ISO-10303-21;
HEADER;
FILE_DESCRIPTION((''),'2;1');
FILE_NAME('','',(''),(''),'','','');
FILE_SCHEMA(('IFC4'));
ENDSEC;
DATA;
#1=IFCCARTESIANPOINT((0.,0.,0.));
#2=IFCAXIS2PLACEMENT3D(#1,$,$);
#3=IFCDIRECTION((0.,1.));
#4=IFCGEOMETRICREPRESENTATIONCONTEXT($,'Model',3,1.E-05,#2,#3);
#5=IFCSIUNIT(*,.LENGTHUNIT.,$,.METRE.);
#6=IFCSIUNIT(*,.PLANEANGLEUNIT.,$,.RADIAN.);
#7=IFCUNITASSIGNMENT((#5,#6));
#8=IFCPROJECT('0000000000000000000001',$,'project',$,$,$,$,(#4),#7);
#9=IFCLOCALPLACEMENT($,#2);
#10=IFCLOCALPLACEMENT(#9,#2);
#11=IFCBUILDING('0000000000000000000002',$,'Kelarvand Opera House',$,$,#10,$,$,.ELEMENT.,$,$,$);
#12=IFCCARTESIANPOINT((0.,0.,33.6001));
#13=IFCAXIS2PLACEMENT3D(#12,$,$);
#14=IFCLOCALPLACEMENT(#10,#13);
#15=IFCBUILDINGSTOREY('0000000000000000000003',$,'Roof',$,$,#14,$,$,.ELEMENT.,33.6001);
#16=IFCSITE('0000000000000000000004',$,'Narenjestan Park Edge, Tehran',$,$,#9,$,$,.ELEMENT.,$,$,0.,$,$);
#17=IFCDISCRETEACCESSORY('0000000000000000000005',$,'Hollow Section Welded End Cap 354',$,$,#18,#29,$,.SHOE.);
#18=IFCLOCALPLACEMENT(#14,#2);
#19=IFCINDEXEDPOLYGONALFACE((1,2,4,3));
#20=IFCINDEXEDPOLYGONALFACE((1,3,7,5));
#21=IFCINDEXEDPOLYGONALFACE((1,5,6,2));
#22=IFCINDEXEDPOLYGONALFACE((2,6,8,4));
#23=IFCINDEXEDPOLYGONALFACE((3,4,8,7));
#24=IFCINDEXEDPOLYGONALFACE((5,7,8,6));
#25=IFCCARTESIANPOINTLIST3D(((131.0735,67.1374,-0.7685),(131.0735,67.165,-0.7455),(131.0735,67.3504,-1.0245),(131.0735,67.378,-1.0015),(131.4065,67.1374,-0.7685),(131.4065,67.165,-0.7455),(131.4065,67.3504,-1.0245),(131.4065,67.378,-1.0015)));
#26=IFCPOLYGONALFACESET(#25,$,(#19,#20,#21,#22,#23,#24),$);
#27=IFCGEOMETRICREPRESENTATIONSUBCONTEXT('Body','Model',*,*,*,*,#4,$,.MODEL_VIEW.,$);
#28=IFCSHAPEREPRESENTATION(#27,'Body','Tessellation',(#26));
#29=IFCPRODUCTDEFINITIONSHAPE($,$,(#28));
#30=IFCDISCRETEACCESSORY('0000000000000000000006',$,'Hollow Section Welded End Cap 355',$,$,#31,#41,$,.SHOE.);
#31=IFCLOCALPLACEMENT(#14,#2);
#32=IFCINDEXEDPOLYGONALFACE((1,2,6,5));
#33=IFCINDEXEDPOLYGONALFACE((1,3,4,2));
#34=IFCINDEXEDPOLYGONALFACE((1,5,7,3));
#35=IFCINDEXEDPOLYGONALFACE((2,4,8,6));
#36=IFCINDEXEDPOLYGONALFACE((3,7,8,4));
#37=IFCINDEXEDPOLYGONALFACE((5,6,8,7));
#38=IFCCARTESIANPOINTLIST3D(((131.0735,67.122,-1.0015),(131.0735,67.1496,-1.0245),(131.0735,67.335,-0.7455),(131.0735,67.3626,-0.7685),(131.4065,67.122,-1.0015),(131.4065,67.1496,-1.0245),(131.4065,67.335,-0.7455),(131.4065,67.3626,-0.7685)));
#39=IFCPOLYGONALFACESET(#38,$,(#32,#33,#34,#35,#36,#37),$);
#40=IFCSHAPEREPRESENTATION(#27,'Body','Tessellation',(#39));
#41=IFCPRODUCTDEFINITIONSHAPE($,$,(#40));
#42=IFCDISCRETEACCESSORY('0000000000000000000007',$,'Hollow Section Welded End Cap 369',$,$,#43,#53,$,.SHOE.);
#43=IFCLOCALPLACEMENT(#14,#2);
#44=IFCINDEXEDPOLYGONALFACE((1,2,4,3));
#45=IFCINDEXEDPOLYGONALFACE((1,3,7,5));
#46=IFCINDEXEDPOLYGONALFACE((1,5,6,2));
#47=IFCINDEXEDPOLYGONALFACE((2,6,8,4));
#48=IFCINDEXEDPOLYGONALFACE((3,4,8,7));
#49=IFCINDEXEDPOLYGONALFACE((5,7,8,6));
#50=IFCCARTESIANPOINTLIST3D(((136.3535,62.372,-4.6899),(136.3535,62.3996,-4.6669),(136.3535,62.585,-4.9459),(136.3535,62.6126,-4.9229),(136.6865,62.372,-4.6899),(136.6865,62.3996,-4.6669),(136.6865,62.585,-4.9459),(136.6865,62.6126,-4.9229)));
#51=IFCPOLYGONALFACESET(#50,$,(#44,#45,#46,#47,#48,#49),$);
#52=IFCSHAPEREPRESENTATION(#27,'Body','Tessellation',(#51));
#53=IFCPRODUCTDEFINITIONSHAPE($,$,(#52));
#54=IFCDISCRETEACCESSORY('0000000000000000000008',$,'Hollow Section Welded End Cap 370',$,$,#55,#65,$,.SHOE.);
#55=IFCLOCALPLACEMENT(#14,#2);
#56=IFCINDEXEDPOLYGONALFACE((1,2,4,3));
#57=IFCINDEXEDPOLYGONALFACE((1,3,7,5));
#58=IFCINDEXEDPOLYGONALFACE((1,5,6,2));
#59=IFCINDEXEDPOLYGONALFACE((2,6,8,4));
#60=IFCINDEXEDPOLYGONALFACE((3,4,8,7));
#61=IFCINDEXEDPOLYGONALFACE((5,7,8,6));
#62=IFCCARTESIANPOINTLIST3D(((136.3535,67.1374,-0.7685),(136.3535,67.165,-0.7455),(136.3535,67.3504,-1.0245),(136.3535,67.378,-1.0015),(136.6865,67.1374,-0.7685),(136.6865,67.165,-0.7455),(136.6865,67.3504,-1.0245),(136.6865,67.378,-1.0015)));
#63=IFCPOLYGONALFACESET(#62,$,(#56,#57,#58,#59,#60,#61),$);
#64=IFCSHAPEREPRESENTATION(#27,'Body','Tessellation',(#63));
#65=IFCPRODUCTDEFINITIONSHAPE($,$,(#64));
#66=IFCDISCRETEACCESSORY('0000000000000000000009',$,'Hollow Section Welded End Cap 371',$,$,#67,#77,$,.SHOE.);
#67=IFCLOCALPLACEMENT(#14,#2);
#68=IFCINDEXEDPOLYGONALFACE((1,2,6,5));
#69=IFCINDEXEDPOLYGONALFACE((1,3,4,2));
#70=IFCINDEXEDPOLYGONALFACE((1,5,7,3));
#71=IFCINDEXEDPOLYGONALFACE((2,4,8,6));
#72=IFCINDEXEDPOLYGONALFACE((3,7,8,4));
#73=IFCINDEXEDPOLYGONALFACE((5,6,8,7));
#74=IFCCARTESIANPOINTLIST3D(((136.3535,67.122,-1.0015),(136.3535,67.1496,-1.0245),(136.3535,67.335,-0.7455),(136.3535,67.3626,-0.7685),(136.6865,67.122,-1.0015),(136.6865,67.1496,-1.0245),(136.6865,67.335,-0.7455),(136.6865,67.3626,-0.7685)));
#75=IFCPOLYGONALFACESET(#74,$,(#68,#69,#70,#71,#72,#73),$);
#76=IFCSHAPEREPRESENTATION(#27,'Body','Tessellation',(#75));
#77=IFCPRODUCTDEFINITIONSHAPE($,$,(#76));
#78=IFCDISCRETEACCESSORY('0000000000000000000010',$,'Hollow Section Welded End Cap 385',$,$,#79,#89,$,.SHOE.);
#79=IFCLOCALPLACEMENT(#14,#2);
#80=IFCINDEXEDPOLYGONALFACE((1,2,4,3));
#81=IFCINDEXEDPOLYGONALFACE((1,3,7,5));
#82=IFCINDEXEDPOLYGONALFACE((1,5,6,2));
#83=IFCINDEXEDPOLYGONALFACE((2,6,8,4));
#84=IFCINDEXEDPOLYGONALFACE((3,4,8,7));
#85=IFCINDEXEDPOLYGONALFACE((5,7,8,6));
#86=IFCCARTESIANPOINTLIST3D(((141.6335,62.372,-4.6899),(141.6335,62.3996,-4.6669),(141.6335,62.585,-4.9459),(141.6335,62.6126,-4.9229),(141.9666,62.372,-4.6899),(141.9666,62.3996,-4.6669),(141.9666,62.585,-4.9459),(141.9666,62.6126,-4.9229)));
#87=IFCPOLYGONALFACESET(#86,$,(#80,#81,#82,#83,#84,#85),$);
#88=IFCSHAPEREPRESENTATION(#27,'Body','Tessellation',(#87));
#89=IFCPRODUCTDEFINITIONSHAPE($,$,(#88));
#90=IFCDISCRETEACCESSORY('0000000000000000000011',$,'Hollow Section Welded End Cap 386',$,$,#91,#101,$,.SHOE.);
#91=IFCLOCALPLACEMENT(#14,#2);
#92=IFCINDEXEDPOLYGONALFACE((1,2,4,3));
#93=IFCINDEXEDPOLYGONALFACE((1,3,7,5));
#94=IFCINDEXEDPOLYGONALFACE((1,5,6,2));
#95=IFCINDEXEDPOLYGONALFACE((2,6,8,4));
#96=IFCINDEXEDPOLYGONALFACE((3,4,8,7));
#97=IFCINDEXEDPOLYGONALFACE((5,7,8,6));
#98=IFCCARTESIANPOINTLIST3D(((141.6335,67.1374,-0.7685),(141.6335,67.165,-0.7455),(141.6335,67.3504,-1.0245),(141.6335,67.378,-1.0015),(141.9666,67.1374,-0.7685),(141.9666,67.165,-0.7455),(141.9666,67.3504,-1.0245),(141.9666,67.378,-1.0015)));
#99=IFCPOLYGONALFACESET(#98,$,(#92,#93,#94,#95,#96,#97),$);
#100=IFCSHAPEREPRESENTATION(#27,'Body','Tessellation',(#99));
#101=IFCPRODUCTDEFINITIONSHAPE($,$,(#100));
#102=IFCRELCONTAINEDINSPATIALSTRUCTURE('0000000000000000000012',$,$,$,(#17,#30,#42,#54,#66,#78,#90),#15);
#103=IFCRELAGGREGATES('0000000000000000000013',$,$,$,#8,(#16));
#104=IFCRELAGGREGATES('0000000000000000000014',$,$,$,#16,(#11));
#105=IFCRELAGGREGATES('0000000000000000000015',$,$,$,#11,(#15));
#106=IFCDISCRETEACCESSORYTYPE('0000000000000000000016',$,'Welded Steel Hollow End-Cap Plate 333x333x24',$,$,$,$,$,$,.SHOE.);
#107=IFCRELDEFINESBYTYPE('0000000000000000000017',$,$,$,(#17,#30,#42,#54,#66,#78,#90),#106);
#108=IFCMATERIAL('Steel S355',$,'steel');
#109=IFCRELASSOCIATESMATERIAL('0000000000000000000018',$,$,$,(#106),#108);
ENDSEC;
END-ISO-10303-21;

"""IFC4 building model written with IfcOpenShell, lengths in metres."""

from ifc_helpers import new_model, si_unit, direction, frame, origin, origin_2d, place, context, subcontext, project, spatial, rectangle, extrude, material, material_profile, profile_set, type_object, element, save


model = new_model("IFC4")

# Units and contexts
model_context = context("Model", 3, precision=1e-05, world=origin(), true_north=direction((0.0, 1.0)))
body_context = subcontext(model_context, "Body", "Model", "MODEL_VIEW")
ifc_project = project(units=[si_unit("LENGTHUNIT", "METRE"), si_unit("PLANEANGLEUNIT", "RADIAN")], contexts=[model_context])

# Site, building, storey
site_placement = place(None, origin())
site = spatial("IfcSite", under=ifc_project, at=site_placement, Name="Narenjestan Park Edge, Tehran", CompositionType="ELEMENT", RefElevation=0.0)
building_placement = place(site_placement, origin())
building = spatial("IfcBuilding", under=site, at=building_placement, Name="Kelarvand Opera House", CompositionType="ELEMENT")
storey_placement = place(building_placement, frame((0.0, 0.0, 33.6001)))
storey = spatial("IfcBuildingStorey", under=building, at=storey_placement, Name="Roof", CompositionType="ELEMENT", Elevation=33.6001)

# Shared definitions
ifc_material = material(Name="Steel S355", Category="steel")

# Discrete accessories
ifc_material_profile_1 = material_profile(ifc_material, rectangle(XDim=0.333, YDim=0.333, at=origin_2d()), Name="Welded Steel Hollow End-Cap Plate 333x333x24", Category="steel")
ifc_profile_set_1 = profile_set([ifc_material_profile_1], Name="Steel S355")
discrete_accessory_type_1 = type_object("IfcDiscreteAccessoryType", Name="Welded Steel Hollow End-Cap Plate 333x333x24", PredefinedType="SHOE", material=ifc_profile_set_1)
for number, where, z_axis, x_axis, name in (
    (1, (131.24, 67.2439, -0.8965), (0.0, 0.768779, 0.639515), (-1.0, 0.0, 0.0), "Hollow Section Welded End Cap 354"),
    (2, (131.24, 67.2561, -0.8965), (0.0, -0.768779, 0.639515), (1.0, 0.0, 0.0), "Hollow Section Welded End Cap 355"),
    (3, (136.52, 62.5061, -4.7949), (0.0, -0.768779, -0.639515), (1.0, 0.0, 0.0), "Hollow Section Welded End Cap 369"),
    (4, (136.52, 67.2439, -0.8965), (0.0, 0.768779, 0.639515), (-1.0, 0.0, 0.0), "Hollow Section Welded End Cap 370"),
    (5, (136.52, 67.2561, -0.8965), (0.0, -0.768779, 0.639515), (1.0, 0.0, 0.0), "Hollow Section Welded End Cap 371"),
    (6, (141.8, 62.5061, -4.7949), (0.0, -0.768779, -0.639515), (1.0, 0.0, 0.0), "Hollow Section Welded End Cap 385"),
    (7, (141.8, 67.2439, -0.8965), (0.0, 0.768779, 0.639515), (-1.0, 0.0, 0.0), "Hollow Section Welded End Cap 386"),
):
    element("IfcDiscreteAccessory", number, at=place(storey_placement, frame(where, z_axis=z_axis, x_axis=x_axis)), inside=storey, type_object=discrete_accessory_type_1, Name=name, PredefinedType="SHOE", context=body_context, shape_type="SweptSolid", body=[
        extrude(rectangle(XDim=0.333, YDim=0.333, at=origin_2d()), origin(), (0.0, 0.0, 1.0), 0.0359),
    ])

save(model, "model.ifc")
